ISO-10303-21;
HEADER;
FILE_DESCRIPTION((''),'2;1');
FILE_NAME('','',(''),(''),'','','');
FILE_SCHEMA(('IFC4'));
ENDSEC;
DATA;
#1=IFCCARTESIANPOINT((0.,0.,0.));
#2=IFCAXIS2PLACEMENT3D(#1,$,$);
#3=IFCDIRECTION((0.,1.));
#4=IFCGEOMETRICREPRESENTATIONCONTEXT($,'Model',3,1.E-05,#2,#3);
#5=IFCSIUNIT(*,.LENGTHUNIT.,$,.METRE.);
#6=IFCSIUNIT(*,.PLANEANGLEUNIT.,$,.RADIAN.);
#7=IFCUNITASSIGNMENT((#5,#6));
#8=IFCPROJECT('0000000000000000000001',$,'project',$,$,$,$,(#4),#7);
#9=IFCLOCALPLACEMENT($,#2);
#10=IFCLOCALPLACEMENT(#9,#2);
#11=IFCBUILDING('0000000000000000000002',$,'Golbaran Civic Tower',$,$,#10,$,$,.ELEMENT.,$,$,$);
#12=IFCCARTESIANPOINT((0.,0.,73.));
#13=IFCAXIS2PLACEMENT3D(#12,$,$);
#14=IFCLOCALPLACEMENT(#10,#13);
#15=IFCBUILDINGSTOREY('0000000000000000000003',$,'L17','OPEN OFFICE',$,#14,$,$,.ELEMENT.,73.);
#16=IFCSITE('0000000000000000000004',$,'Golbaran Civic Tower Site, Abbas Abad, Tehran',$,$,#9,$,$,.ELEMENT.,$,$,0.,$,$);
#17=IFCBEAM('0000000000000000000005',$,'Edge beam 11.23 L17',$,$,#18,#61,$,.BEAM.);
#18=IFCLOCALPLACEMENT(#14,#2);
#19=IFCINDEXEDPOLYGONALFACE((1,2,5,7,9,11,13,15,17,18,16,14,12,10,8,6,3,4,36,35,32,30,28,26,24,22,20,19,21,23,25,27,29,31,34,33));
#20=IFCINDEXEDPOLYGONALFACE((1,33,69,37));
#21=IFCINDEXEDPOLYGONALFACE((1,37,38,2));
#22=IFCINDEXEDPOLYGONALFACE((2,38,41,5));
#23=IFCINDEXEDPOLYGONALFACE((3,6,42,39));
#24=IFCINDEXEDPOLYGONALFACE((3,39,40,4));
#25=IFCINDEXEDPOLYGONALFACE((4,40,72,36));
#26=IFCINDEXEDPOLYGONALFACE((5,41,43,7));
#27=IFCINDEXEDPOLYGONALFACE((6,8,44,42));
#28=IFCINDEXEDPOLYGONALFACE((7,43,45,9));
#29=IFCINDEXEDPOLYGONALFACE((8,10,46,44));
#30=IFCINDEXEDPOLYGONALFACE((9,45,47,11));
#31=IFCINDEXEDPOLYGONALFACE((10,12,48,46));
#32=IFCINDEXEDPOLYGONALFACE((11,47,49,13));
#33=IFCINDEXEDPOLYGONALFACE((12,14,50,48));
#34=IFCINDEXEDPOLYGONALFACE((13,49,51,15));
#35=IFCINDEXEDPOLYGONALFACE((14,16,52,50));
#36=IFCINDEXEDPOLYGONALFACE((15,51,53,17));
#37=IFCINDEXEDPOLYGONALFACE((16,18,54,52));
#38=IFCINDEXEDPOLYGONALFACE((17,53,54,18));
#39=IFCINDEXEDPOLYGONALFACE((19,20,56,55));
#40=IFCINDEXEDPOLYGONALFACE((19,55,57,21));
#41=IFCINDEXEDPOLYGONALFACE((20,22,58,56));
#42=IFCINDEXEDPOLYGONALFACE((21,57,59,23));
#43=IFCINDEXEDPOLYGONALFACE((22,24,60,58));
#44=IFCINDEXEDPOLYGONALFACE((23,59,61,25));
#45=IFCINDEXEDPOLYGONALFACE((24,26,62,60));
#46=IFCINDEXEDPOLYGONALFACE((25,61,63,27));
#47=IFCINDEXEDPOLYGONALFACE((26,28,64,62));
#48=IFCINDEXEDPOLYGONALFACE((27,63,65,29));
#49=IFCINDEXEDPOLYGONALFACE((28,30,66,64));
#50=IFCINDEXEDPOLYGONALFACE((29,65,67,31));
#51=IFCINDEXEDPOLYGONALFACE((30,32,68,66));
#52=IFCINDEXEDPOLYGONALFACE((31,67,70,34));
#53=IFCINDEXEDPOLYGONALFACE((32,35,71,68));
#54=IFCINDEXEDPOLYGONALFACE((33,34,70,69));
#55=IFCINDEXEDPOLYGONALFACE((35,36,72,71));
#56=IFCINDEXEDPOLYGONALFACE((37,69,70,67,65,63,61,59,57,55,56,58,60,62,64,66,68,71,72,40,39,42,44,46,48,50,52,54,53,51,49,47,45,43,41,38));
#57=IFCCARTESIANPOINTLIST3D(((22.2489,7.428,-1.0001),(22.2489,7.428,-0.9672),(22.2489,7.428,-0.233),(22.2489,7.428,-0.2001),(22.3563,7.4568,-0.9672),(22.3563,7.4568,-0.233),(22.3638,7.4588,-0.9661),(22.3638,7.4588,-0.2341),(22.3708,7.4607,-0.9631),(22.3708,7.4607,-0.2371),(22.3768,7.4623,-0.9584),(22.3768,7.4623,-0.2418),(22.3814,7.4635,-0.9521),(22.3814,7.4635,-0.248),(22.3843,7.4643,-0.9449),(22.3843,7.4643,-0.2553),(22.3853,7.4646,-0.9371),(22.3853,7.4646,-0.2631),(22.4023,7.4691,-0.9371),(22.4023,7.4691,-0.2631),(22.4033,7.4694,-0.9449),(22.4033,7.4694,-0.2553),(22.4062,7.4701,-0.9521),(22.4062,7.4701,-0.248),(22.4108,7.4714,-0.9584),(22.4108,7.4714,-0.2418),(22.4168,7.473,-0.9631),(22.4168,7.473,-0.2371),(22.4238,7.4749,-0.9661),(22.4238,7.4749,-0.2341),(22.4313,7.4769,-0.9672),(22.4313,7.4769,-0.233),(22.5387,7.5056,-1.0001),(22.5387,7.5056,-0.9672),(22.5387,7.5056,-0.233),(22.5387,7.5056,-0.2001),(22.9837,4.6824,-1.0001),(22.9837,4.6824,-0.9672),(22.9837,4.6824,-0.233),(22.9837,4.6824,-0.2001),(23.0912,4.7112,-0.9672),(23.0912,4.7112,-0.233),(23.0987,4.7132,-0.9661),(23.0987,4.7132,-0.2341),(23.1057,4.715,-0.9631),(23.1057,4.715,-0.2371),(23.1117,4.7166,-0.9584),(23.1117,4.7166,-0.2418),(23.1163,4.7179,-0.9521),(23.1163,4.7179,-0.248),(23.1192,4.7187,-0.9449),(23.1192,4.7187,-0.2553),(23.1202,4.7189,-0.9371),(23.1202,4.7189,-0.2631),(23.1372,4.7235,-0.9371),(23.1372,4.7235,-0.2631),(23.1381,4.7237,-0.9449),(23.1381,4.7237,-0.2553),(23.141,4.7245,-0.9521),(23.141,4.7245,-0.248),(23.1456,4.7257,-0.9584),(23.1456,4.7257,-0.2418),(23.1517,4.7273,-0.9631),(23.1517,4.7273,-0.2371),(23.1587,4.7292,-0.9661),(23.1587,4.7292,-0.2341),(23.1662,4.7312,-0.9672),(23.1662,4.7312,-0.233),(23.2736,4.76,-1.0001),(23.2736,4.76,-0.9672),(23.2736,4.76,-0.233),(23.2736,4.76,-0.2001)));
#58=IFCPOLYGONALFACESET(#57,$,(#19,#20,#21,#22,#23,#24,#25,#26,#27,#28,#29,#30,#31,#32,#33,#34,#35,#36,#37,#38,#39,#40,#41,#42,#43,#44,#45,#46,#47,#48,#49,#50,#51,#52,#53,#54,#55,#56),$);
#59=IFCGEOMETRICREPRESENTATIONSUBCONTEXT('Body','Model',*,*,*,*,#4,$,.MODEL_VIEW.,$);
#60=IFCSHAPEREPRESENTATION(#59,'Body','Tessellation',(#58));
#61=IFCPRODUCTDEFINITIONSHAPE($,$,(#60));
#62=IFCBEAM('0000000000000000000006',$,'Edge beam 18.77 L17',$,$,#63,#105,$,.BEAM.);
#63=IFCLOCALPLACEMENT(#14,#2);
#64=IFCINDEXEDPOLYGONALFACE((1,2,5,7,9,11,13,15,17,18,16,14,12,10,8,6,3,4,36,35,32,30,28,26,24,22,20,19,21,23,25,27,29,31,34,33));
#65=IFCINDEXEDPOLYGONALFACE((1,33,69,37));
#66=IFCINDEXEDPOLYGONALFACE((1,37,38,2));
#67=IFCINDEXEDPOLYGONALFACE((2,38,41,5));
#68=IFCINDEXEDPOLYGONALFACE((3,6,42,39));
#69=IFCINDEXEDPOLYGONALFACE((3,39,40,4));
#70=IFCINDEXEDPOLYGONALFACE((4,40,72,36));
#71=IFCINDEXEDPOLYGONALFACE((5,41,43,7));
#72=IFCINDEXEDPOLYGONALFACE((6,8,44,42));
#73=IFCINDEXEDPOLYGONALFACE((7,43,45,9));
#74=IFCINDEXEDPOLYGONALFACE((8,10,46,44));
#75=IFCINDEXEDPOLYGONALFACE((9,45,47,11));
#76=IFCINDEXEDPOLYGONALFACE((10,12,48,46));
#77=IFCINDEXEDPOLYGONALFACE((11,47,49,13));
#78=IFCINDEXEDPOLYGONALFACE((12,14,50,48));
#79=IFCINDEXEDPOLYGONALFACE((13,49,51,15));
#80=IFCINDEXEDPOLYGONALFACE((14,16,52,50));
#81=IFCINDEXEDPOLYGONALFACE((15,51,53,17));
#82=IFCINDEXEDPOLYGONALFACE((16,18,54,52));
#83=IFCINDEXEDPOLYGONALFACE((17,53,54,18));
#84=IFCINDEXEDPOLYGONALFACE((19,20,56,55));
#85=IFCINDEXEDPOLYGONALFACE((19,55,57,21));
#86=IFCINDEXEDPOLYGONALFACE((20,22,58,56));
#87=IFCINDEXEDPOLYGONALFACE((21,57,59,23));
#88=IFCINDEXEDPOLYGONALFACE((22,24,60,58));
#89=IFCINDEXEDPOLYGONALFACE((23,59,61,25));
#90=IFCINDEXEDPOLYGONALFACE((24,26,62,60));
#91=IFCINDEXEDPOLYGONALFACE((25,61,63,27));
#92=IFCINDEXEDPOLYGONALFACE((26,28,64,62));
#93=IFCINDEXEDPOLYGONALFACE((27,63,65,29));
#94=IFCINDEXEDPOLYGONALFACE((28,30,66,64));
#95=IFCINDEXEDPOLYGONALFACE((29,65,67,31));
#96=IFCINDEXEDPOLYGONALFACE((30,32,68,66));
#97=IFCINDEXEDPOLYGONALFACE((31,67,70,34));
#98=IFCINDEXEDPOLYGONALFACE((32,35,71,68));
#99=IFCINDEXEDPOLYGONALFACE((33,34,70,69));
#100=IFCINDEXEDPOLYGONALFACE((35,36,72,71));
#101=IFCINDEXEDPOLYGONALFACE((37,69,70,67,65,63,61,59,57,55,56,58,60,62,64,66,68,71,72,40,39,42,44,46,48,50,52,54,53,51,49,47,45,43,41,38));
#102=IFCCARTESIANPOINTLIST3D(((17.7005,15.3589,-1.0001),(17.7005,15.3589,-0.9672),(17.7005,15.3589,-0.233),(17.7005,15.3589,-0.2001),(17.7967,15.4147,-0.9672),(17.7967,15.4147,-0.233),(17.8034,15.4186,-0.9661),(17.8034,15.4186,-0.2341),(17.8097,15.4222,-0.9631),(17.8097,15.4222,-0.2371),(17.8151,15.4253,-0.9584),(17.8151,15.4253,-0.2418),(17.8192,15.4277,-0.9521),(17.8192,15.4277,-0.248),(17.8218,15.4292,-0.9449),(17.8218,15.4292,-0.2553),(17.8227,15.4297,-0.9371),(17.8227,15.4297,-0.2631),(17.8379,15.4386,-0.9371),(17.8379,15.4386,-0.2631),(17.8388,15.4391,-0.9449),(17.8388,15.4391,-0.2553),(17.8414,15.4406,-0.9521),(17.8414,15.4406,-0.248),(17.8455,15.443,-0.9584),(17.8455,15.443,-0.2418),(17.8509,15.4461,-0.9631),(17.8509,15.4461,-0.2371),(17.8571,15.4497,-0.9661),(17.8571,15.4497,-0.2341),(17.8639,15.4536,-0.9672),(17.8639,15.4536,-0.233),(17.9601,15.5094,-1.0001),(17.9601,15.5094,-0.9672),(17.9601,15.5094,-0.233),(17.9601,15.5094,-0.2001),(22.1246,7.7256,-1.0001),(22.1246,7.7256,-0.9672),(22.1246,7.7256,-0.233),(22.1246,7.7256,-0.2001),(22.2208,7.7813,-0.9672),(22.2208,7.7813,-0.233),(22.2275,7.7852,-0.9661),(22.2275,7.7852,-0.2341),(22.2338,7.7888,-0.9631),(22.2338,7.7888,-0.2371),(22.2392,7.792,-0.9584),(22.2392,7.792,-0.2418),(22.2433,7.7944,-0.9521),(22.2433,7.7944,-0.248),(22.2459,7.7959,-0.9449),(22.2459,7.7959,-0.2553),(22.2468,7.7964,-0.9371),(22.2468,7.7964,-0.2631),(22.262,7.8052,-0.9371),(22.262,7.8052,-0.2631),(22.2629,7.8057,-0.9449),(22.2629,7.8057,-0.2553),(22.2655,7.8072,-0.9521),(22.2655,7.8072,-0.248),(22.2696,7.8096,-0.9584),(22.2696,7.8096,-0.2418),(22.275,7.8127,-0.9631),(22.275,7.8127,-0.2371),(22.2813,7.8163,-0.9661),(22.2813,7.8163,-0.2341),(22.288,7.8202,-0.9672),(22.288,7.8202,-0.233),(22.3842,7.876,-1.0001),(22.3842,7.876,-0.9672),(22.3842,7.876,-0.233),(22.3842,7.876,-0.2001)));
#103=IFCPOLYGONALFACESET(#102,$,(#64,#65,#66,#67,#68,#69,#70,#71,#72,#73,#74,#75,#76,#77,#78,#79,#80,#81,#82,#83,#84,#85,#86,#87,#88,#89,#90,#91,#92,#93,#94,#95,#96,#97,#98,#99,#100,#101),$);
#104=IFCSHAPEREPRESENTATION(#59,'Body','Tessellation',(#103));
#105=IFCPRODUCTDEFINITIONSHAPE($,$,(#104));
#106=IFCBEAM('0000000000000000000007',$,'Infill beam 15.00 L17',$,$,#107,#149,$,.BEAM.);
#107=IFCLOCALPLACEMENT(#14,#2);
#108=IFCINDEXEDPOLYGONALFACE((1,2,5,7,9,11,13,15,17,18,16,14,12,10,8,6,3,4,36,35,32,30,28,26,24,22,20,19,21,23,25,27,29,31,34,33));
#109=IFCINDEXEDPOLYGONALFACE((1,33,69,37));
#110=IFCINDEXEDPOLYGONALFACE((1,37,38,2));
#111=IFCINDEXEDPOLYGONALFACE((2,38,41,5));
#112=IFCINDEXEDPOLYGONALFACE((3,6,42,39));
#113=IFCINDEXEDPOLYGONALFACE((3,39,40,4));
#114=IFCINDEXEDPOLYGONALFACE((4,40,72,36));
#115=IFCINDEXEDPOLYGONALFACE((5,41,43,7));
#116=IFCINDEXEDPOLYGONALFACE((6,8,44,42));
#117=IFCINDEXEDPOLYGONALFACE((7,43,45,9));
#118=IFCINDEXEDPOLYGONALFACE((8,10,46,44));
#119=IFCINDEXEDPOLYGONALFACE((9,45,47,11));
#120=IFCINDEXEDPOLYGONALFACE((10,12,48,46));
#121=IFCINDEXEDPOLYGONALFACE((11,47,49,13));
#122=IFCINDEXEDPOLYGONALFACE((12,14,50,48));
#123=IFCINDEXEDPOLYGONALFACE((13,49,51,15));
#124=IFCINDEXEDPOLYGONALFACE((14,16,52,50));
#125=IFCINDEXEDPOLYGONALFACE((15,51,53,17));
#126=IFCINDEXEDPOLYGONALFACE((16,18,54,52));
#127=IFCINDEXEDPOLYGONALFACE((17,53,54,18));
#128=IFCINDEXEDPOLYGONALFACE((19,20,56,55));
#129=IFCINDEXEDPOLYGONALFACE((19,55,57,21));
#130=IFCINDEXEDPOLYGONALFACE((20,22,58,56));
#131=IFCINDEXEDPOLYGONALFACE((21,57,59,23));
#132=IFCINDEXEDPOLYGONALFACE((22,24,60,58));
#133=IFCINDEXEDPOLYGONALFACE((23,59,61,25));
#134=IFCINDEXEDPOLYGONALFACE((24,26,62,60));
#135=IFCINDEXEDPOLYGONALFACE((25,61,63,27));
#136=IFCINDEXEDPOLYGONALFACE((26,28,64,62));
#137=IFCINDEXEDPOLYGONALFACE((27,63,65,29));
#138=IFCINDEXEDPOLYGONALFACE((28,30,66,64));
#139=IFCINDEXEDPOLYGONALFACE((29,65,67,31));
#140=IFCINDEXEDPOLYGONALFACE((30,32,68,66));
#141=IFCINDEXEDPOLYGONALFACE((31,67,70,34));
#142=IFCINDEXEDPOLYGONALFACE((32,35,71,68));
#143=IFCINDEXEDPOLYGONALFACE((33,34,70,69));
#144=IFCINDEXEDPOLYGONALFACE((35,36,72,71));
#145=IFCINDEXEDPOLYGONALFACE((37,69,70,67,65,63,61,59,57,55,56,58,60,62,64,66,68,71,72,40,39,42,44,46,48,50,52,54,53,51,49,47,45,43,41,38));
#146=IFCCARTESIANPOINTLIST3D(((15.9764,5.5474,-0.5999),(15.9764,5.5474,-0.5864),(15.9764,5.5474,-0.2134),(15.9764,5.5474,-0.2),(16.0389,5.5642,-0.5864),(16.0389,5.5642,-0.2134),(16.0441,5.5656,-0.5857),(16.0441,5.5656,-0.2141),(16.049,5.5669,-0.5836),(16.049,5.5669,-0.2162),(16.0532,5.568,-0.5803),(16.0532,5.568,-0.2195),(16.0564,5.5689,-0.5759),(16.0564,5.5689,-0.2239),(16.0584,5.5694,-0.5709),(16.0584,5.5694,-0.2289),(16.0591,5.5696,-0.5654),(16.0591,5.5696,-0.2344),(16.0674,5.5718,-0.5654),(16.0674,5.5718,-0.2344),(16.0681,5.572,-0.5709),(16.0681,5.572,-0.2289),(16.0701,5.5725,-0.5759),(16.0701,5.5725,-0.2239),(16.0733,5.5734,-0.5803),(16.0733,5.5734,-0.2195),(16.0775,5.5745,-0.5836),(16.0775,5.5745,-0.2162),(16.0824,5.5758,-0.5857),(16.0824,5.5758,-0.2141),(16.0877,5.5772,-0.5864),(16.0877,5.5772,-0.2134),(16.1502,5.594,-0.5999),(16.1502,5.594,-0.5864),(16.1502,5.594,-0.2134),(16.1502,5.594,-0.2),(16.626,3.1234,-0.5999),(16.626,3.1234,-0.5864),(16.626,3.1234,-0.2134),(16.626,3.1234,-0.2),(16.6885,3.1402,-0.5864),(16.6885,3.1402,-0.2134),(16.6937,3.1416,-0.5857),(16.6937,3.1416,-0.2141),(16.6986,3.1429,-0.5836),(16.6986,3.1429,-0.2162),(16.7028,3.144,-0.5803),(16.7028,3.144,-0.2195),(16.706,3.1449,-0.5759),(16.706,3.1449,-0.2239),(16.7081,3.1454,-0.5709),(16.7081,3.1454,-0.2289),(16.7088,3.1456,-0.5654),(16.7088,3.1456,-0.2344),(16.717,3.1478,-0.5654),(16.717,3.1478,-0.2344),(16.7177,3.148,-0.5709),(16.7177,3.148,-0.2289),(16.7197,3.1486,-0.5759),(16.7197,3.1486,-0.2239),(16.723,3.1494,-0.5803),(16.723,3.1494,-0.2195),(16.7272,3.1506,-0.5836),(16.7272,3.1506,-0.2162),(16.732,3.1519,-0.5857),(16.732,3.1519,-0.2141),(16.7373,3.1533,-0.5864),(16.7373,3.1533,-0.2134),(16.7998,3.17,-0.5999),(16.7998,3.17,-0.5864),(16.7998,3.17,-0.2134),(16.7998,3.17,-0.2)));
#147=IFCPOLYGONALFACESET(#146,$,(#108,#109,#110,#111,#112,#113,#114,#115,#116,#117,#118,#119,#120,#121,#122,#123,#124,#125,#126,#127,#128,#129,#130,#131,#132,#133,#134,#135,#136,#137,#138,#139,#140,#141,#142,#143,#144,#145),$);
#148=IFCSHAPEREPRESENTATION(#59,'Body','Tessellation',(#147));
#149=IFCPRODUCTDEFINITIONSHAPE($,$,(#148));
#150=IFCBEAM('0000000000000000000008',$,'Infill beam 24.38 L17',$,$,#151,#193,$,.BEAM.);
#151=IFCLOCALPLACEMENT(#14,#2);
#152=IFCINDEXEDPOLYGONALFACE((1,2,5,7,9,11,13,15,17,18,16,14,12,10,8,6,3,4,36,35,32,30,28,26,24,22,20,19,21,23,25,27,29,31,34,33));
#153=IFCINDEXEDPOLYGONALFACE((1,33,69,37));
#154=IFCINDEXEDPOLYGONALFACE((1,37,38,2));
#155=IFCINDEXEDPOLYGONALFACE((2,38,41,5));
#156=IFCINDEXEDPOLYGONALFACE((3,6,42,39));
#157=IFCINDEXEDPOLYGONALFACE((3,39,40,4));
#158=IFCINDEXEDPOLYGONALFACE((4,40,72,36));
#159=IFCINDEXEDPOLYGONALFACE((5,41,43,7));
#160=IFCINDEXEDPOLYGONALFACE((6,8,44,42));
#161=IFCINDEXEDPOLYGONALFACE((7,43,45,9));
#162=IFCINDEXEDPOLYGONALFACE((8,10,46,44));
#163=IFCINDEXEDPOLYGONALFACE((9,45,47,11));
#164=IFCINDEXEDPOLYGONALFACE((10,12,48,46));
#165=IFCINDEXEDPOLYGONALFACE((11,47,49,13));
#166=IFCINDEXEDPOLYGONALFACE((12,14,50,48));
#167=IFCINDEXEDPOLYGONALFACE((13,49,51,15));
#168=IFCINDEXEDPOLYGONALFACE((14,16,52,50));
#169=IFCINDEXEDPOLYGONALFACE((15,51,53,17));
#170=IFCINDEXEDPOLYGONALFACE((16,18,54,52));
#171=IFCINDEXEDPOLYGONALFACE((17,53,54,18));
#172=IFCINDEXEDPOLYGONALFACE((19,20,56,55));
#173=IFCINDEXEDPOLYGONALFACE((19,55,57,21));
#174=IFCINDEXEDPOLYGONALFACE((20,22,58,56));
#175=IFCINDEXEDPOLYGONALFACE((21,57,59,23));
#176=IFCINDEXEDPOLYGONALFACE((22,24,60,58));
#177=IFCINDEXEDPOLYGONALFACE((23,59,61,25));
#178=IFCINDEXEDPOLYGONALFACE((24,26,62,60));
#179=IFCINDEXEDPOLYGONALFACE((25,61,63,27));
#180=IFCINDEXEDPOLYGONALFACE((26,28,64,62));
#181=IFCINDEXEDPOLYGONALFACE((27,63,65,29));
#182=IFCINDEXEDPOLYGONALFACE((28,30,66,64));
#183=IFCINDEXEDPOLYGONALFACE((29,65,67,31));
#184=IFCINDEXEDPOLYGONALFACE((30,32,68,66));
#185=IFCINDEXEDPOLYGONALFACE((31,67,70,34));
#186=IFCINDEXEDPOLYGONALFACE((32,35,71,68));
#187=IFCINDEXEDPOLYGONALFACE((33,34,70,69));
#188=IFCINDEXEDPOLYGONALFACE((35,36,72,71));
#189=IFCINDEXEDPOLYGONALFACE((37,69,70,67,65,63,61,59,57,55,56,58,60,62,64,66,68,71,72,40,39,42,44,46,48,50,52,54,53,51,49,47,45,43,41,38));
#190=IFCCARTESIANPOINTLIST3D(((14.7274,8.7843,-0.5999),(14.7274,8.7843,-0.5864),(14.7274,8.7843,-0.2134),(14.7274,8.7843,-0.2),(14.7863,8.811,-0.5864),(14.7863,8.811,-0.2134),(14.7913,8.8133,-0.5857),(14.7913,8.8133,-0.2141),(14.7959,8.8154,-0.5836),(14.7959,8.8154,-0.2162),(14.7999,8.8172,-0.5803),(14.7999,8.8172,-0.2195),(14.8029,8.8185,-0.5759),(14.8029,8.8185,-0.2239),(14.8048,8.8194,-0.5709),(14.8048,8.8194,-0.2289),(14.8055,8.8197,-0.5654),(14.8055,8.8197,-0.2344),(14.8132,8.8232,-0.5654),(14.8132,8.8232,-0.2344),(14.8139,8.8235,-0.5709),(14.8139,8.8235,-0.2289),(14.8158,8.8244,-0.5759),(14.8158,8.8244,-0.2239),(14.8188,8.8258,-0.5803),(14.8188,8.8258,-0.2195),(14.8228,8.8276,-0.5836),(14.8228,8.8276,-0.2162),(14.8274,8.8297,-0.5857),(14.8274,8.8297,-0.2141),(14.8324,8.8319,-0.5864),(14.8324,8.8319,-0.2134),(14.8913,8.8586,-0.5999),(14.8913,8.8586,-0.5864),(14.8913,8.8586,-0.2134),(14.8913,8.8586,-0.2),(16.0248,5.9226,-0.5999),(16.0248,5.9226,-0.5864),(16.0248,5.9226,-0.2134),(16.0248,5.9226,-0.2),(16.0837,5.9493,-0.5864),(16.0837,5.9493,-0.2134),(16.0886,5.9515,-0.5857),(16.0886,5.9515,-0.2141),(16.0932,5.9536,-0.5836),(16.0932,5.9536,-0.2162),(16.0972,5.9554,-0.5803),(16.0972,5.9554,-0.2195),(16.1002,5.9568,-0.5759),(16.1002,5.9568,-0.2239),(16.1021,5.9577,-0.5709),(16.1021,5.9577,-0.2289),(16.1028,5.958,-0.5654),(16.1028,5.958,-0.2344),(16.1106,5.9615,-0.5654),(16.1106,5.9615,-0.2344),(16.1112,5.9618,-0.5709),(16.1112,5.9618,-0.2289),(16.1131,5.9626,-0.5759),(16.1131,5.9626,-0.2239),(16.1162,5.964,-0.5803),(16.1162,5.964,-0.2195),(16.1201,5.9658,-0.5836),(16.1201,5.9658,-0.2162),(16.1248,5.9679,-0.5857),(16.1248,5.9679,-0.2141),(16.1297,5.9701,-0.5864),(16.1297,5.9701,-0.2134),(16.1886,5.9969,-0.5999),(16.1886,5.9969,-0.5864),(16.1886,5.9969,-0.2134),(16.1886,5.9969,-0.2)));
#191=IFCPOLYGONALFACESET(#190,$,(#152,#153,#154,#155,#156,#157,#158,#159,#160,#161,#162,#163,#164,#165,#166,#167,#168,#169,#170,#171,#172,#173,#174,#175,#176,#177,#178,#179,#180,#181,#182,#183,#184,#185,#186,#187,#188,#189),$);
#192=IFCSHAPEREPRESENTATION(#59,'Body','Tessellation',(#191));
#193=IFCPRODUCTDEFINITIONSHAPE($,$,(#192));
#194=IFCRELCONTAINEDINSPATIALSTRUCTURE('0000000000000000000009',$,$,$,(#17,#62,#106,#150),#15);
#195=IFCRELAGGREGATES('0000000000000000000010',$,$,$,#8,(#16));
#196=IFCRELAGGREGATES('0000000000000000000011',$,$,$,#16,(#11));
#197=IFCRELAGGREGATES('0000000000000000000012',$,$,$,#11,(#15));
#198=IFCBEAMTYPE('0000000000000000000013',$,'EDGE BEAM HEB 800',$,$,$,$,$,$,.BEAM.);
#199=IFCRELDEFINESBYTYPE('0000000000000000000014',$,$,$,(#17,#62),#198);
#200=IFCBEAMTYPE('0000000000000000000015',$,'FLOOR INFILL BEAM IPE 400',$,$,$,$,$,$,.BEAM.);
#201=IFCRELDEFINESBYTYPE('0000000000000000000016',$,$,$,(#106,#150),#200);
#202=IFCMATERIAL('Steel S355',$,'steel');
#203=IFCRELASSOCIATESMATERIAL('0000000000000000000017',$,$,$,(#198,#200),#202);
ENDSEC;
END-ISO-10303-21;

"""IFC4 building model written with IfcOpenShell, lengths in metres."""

from ifc_helpers import new_model, si_unit, direction, frame, origin, origin_2d, place, context, subcontext, project, spatial, i_section, extrude, material, material_profile, profile_set, type_object, element, save


model = new_model("IFC4")

# Units and contexts
model_context = context("Model", 3, precision=1e-05, world=origin(), true_north=direction((0.0, 1.0)))
body_context = subcontext(model_context, "Body", "Model", "MODEL_VIEW")
ifc_project = project(units=[si_unit("LENGTHUNIT", "METRE"), si_unit("PLANEANGLEUNIT", "RADIAN")], contexts=[model_context])

# Site, building, storey
site_placement = place(None, origin())
site = spatial("IfcSite", under=ifc_project, at=site_placement, Name="Golbaran Civic Tower Site, Abbas Abad, Tehran", CompositionType="ELEMENT", RefElevation=0.0)
building_placement = place(site_placement, origin())
building = spatial("IfcBuilding", under=site, at=building_placement, Name="Golbaran Civic Tower", CompositionType="ELEMENT")
storey_placement = place(building_placement, frame((0.0, 0.0, 73.0)))
storey = spatial("IfcBuildingStorey", under=building, at=storey_placement, Name="L17", Description="OPEN OFFICE", CompositionType="ELEMENT", Elevation=73.0)

# Beams
ifc_material_1 = material(Name="Steel S355", Category="steel")
ifc_material_profile_1 = material_profile(ifc_material_1, i_section(OverallWidth=0.3, OverallDepth=0.8, WebThickness=0.0176, FlangeThickness=0.033, FilletRadius=0.03, at=origin_2d()), Name="HEB 800")
ifc_profile_set_1 = profile_set([ifc_material_profile_1], Name="Steel S355")
beam_type_1 = type_object("IfcBeamType", Name="EDGE BEAM HEB 800", PredefinedType="BEAM", material=ifc_profile_set_1)
beam_1_placement = place(storey_placement, frame((23.1287, 4.7212, -0.6001), z_axis=(-0.25855, 0.965998, 0.0), x_axis=(-0.965998, -0.25855, 0.0)))
element("IfcBeam", 1, at=beam_1_placement, inside=storey, type_object=beam_type_1, Name="Edge beam 11.23 L17", PredefinedType="BEAM", context=body_context, shape_type="SweptSolid", body=[
    extrude(i_section(OverallWidth=0.3, OverallDepth=0.8, WebThickness=0.0176, FlangeThickness=0.033, FilletRadius=0.03, at=origin_2d()), origin(), (0.0, 0.0, 1.0), 2.8423),
])
beam_2_placement = place(storey_placement, frame((22.2544, 7.8008, -0.6001), z_axis=(-0.501443, 0.865191, 0.0), x_axis=(-0.865191, -0.501443, 0.0)))
element("IfcBeam", 2, at=beam_2_placement, inside=storey, type_object=beam_type_1, Name="Edge beam 18.77 L17", PredefinedType="BEAM", context=body_context, shape_type="SweptSolid", body=[
    extrude(i_section(OverallWidth=0.3, OverallDepth=0.8, WebThickness=0.0176, FlangeThickness=0.033, FilletRadius=0.03, at=origin_2d()), origin(), (0.0, 0.0, 1.0), 8.8228),
])
ifc_material_profile_2 = material_profile(ifc_material_1, i_section(OverallWidth=0.1799, OverallDepth=0.3999, WebThickness=0.0085, FlangeThickness=0.0134, FilletRadius=0.021, at=origin_2d()), Name="IPE 400")
ifc_profile_set_2 = profile_set([ifc_material_profile_2], Name="Steel S355")
beam_type_2 = type_object("IfcBeamType", Name="FLOOR INFILL BEAM IPE 400", PredefinedType="BEAM", material=ifc_profile_set_2)
beam_3_placement = place(storey_placement, frame((16.7129, 3.1467, -0.3999), z_axis=(-0.258867, 0.965913, 0.0), x_axis=(-0.965913, -0.258867, 0.0)))
element("IfcBeam", 3, at=beam_3_placement, inside=storey, type_object=beam_type_2, Name="Infill beam 15.00 L17", PredefinedType="BEAM", context=body_context, shape_type="SweptSolid", body=[
    extrude(i_section(OverallWidth=0.1799, OverallDepth=0.3999, WebThickness=0.0085, FlangeThickness=0.0134, FilletRadius=0.021, at=origin_2d()), origin(), (0.0, 0.0, 1.0), 2.5095),
])
beam_4_placement = place(storey_placement, frame((16.1067, 5.9597, -0.3999), z_axis=(-0.41289, 0.910781, 0.0), x_axis=(-0.910781, -0.41289, 0.0)))
element("IfcBeam", 4, at=beam_4_placement, inside=storey, type_object=beam_type_2, Name="Infill beam 24.38 L17", PredefinedType="BEAM", context=body_context, shape_type="SweptSolid", body=[
    extrude(i_section(OverallWidth=0.1799, OverallDepth=0.3999, WebThickness=0.0085, FlangeThickness=0.0134, FilletRadius=0.021, at=origin_2d()), origin(), (0.0, 0.0, 1.0), 3.1421),
])

save(model, "model.ifc")
